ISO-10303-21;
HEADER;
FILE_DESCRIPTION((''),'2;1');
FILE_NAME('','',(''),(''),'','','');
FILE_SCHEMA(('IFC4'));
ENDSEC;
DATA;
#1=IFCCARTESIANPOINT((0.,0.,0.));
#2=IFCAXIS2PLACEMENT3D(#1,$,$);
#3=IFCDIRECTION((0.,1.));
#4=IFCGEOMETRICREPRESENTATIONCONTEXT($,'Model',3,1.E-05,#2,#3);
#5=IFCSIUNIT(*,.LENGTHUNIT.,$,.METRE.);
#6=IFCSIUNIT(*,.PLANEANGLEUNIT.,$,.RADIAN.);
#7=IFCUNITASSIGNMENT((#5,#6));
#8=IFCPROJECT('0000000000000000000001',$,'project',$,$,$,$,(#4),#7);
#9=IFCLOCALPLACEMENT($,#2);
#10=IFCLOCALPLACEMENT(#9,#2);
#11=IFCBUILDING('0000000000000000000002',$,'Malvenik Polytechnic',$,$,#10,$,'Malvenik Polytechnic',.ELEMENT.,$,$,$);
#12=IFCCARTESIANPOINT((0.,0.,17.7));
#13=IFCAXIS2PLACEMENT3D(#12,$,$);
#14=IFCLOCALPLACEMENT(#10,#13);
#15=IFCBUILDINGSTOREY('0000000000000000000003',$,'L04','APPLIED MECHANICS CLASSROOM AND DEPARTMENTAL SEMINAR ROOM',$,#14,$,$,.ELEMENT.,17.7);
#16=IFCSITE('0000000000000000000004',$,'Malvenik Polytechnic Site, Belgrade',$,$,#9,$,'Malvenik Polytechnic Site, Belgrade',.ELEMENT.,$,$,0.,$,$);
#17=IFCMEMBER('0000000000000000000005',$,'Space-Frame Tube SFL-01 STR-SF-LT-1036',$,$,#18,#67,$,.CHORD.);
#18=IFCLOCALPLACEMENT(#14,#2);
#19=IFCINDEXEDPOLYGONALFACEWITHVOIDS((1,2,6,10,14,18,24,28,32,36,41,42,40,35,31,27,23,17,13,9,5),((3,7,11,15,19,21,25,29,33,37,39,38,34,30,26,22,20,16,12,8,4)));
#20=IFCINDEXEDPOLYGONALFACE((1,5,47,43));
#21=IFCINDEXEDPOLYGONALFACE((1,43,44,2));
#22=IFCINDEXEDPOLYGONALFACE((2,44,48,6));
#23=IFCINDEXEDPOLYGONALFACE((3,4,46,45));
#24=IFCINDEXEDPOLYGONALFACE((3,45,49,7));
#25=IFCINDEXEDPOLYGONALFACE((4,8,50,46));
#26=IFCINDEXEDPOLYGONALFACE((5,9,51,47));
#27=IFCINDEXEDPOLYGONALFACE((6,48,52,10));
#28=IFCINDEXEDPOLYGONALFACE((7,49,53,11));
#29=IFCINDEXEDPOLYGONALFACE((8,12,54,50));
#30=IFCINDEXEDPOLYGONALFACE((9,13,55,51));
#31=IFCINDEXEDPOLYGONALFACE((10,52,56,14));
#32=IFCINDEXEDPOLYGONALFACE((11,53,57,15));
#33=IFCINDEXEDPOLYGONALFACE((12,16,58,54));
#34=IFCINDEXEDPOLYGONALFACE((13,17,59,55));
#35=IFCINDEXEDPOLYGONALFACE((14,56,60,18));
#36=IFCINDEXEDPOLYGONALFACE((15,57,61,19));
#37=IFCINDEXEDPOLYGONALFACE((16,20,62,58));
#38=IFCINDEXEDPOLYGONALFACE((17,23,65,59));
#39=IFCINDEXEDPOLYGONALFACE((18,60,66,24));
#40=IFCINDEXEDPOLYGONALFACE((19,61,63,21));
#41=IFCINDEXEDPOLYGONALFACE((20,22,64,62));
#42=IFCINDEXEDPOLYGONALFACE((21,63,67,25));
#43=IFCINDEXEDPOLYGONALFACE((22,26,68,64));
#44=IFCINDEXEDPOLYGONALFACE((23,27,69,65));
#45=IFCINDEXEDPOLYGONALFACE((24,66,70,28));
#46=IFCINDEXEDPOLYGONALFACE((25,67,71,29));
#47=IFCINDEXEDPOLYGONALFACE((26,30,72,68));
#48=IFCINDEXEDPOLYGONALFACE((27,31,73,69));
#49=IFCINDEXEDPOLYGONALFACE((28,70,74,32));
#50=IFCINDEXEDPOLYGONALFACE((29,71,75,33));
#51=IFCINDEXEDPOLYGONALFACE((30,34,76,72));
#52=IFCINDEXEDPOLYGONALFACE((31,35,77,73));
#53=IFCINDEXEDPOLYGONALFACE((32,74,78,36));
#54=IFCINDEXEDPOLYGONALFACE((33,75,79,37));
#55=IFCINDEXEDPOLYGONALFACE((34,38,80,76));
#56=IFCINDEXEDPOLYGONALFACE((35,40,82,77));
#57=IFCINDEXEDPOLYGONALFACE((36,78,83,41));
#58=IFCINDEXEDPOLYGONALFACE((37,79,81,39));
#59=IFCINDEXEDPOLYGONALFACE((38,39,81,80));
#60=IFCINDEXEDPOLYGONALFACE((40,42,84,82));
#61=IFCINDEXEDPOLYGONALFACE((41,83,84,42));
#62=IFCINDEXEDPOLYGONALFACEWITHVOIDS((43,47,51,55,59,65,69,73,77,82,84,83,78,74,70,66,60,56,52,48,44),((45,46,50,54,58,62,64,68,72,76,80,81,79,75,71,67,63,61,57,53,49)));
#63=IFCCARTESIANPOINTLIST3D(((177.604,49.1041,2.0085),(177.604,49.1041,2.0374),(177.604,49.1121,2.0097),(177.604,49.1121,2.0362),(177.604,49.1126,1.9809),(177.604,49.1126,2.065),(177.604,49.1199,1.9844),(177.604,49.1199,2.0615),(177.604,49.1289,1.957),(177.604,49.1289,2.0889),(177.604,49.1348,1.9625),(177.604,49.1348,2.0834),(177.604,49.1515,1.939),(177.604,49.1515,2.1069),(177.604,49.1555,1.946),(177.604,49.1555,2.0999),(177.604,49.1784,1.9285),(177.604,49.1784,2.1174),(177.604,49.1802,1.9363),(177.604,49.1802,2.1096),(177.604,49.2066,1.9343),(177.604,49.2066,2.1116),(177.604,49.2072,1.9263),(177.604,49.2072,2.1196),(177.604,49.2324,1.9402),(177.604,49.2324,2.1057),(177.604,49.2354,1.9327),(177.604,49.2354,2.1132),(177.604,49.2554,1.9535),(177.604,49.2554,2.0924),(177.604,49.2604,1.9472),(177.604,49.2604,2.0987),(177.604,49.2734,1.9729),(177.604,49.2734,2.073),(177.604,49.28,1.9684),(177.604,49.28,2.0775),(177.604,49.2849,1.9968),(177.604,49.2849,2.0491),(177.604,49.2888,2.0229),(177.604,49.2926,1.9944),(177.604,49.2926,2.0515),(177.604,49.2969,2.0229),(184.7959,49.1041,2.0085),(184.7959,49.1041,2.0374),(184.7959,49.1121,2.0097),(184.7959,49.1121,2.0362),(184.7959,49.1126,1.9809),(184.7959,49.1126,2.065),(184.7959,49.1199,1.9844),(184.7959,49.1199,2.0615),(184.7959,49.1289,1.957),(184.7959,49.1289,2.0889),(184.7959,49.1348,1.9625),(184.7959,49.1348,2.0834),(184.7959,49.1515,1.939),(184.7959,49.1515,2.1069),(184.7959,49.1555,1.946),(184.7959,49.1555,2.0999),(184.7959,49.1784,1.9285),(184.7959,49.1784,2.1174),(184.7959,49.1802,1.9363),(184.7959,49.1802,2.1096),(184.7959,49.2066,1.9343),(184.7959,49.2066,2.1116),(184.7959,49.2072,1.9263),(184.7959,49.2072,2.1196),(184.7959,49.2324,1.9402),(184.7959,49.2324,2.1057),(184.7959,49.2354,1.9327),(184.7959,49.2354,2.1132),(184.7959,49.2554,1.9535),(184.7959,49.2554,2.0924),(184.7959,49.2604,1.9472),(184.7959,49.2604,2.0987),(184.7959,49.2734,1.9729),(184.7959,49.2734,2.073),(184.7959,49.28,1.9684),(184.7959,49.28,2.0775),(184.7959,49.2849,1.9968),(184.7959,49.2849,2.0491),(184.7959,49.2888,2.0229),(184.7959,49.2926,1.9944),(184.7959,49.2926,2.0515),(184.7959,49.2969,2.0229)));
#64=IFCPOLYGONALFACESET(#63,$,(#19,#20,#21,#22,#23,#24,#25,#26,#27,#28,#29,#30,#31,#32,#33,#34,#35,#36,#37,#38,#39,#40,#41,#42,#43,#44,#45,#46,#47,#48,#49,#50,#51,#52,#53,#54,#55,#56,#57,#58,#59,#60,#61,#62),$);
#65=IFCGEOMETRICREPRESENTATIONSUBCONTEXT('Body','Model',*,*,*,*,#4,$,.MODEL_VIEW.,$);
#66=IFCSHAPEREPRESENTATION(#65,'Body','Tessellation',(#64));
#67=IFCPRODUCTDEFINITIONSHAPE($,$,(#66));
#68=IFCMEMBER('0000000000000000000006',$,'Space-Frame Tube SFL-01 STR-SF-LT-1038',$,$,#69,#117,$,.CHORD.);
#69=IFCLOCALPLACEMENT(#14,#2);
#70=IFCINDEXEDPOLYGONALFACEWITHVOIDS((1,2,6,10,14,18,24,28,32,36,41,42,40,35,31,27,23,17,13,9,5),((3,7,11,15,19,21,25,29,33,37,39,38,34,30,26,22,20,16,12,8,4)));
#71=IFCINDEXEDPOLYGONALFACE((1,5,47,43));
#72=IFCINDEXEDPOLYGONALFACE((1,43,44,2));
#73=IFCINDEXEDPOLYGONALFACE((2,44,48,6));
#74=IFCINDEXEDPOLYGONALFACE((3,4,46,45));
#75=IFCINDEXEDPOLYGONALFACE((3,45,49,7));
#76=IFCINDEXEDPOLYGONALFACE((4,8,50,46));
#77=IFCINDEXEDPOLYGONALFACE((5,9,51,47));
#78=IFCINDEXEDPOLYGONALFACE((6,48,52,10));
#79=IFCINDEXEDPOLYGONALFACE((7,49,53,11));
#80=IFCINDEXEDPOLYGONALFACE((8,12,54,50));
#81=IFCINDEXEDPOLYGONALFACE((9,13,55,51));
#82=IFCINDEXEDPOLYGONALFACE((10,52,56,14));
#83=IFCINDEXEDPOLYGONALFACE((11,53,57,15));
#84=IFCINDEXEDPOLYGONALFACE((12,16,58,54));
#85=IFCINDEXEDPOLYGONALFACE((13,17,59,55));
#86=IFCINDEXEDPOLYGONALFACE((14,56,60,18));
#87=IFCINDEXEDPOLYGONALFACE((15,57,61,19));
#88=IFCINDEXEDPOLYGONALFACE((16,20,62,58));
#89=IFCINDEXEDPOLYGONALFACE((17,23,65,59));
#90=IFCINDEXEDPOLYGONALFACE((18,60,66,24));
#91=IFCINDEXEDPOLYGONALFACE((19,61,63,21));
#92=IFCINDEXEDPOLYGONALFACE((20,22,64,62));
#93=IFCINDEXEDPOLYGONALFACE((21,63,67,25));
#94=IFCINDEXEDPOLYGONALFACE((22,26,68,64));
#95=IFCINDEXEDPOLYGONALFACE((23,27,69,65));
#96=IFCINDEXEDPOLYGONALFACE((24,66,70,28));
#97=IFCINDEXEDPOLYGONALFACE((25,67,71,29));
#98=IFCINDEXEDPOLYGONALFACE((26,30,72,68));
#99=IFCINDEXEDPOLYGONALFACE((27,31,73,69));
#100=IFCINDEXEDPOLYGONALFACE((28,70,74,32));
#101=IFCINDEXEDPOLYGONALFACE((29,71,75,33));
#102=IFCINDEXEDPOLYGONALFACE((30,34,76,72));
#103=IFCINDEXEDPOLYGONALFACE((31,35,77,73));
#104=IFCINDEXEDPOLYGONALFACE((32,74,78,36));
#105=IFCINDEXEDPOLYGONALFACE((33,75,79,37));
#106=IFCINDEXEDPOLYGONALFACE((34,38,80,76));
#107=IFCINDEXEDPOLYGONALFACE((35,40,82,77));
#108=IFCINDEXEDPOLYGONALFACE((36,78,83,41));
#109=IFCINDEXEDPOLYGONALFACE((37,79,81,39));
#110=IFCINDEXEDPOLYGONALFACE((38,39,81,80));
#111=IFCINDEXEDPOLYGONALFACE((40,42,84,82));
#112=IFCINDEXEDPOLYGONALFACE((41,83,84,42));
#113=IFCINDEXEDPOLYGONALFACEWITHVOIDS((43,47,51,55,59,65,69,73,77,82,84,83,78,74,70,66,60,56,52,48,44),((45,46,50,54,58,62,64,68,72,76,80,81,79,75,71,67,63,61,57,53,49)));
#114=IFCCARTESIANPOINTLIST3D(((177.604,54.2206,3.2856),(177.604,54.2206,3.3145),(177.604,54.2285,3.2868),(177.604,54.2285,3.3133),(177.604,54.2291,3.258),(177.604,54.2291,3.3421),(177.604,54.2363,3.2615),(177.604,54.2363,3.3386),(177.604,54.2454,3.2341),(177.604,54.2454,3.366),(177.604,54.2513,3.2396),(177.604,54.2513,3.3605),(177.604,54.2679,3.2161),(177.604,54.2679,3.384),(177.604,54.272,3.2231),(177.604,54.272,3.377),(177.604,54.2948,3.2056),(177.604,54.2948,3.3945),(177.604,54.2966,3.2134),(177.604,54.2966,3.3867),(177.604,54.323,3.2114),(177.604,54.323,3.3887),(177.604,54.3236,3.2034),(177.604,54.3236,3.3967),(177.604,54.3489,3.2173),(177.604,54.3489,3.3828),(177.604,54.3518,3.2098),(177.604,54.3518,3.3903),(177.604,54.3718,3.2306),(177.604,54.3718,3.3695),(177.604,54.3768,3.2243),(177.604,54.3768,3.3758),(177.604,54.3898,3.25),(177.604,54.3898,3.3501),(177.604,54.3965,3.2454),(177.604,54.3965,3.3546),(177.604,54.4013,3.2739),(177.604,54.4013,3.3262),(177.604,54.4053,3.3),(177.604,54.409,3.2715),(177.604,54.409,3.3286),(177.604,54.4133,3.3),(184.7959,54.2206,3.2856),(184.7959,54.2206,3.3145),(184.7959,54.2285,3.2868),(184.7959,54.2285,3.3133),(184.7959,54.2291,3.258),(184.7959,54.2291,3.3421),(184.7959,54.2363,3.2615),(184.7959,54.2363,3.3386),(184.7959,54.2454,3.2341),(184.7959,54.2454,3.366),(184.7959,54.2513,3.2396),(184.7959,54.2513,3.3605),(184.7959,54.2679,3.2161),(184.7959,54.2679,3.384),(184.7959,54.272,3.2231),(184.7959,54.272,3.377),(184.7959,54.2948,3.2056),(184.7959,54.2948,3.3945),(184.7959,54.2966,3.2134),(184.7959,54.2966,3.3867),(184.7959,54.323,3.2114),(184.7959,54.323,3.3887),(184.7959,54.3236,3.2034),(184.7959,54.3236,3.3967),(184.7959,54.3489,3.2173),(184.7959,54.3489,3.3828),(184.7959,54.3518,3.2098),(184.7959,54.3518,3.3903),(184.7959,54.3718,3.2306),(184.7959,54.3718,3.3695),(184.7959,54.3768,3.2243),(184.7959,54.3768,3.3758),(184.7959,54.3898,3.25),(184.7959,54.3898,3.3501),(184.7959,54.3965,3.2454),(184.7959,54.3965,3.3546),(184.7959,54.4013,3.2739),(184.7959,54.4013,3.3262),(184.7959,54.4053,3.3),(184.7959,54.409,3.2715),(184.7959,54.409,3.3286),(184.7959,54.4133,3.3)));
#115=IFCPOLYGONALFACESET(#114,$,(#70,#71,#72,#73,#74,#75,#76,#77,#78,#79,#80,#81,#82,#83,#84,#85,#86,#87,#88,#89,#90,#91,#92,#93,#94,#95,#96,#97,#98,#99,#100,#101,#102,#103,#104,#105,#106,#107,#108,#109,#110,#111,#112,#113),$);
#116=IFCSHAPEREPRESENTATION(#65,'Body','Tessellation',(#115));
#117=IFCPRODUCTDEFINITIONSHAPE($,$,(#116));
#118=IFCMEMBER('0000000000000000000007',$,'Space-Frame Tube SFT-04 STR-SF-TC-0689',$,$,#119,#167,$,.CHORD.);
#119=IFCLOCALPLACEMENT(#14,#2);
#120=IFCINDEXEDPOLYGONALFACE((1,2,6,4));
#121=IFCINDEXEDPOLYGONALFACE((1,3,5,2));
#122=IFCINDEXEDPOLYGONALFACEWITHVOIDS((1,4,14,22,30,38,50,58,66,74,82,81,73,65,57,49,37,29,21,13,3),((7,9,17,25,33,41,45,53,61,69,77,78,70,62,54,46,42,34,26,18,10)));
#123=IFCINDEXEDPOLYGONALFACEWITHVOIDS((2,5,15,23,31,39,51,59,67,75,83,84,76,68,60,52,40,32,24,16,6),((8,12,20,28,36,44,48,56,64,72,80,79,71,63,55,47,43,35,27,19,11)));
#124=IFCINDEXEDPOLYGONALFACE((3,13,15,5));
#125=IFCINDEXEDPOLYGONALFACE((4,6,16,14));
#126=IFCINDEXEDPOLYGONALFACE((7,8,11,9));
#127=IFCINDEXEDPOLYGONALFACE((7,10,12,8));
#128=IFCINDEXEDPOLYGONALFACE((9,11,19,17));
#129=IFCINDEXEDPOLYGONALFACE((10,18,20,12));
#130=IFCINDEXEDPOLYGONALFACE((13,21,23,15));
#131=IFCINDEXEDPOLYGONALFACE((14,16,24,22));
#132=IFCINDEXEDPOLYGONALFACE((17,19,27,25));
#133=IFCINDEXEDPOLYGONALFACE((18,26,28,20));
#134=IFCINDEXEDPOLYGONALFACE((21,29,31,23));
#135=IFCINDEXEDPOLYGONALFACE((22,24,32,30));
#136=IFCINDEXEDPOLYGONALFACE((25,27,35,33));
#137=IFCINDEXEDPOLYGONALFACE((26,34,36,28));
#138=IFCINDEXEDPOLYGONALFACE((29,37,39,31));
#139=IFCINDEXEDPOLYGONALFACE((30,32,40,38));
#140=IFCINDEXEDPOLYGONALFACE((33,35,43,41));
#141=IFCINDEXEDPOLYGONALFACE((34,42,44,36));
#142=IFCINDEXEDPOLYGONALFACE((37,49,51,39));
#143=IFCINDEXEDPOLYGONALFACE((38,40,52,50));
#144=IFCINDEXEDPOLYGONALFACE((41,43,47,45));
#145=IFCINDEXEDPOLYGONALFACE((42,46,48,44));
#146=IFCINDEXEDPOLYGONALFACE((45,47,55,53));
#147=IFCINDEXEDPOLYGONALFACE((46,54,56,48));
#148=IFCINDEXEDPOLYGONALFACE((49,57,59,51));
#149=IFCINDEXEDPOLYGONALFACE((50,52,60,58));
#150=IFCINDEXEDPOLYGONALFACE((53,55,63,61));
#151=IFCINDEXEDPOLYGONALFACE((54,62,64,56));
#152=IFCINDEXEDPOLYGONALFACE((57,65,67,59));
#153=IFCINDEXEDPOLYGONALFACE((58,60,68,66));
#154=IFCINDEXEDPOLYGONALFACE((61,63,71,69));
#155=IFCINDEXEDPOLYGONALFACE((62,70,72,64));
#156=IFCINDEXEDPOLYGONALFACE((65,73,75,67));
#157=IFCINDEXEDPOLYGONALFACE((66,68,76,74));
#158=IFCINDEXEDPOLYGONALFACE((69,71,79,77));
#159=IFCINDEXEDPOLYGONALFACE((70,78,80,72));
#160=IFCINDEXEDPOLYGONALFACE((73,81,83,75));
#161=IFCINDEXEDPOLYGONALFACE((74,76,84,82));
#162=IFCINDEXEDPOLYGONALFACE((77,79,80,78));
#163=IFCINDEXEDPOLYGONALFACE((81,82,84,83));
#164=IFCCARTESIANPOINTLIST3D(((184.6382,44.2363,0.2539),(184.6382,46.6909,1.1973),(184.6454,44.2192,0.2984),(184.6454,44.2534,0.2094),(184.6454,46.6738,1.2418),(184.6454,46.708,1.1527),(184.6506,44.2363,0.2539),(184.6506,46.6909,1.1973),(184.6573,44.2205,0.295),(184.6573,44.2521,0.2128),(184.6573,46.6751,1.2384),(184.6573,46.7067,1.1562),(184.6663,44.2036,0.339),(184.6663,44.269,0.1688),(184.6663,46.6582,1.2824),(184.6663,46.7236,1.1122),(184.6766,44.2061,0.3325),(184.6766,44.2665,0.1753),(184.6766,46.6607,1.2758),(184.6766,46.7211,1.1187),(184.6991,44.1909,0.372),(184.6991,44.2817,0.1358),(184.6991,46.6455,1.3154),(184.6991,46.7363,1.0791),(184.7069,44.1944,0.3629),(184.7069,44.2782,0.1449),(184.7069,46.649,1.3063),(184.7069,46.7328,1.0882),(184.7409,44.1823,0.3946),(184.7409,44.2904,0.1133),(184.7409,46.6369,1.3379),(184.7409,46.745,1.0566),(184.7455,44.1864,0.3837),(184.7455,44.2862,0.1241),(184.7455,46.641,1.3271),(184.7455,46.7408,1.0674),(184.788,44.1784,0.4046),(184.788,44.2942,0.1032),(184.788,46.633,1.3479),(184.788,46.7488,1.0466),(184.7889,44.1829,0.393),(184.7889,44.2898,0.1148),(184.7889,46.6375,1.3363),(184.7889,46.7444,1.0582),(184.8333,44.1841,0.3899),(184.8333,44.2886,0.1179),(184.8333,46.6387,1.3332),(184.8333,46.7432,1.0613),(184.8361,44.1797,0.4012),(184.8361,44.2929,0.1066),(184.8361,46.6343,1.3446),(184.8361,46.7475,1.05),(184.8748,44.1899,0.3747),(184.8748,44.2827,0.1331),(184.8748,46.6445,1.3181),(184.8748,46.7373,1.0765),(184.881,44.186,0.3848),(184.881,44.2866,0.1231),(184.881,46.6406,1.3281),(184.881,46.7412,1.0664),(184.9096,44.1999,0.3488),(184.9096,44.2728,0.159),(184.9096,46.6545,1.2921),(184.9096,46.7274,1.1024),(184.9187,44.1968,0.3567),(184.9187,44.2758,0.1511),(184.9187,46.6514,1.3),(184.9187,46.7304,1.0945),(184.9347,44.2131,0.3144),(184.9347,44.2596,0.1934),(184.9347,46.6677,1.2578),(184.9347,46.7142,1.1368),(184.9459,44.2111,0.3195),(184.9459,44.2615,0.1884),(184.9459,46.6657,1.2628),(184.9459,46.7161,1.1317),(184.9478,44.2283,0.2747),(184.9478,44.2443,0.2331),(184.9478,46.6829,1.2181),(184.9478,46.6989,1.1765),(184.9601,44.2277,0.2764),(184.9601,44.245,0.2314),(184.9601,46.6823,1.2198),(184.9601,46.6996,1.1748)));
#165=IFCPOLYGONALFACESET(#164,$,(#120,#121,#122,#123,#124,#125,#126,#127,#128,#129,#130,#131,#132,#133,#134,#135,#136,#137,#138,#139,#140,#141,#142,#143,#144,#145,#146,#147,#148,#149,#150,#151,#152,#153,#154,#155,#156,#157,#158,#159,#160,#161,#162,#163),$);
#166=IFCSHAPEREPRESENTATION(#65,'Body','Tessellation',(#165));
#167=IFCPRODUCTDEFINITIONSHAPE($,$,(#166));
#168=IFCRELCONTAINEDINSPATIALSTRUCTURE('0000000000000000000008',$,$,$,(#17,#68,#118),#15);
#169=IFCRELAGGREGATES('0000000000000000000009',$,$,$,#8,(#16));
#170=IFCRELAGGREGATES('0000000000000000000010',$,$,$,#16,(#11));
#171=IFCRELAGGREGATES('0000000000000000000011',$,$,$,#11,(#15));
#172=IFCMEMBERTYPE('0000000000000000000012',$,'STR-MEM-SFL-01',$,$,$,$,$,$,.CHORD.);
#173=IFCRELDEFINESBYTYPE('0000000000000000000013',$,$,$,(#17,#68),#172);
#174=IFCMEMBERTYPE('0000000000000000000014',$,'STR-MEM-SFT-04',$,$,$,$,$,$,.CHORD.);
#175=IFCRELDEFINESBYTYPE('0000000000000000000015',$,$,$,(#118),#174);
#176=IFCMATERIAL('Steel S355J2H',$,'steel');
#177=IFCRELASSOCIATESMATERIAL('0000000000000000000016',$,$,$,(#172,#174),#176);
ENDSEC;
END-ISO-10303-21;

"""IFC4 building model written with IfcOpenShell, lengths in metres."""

from ifc_helpers import new_model, si_unit, direction, frame, origin, origin_2d, place, context, subcontext, project, spatial, hollow_circle, extrude, material, material_profile, profile_set, type_object, element, save


model = new_model("IFC4")

# Units and contexts
model_context = context("Model", 3, precision=1e-05, world=origin(), true_north=direction((0.0, 1.0)))
body_context = subcontext(model_context, "Body", "Model", "MODEL_VIEW")
ifc_project = project(units=[si_unit("LENGTHUNIT", "METRE"), si_unit("PLANEANGLEUNIT", "RADIAN")], contexts=[model_context])

# Site, building, storey
site_placement = place(None, origin())
site = spatial("IfcSite", under=ifc_project, at=site_placement, Name="Malvenik Polytechnic Site, Belgrade", LongName="Malvenik Polytechnic Site, Belgrade", CompositionType="ELEMENT", RefElevation=0.0)
building_placement = place(site_placement, origin())
building = spatial("IfcBuilding", under=site, at=building_placement, Name="Malvenik Polytechnic", LongName="Malvenik Polytechnic", CompositionType="ELEMENT")
storey_placement = place(building_placement, frame((0.0, 0.0, 17.7)))
storey = spatial("IfcBuildingStorey", under=building, at=storey_placement, Name="L04", Description="APPLIED MECHANICS CLASSROOM AND DEPARTMENTAL SEMINAR ROOM", CompositionType="ELEMENT", Elevation=17.7)

# Members
ifc_material = material(Name="Steel S355J2H", Category="steel")
ifc_material_profile_1 = material_profile(ifc_material, hollow_circle(Radius=0.0969, WallThickness=0.0081, at=origin_2d()), Name="CHS 193.7x8.0")
ifc_profile_set_1 = profile_set([ifc_material_profile_1], Name="Steel S355J2H")
member_type_1 = type_object("IfcMemberType", Name="STR-MEM-SFL-01", PredefinedType="CHORD", material=ifc_profile_set_1)
for number, where, z_axis, x_axis, name in (
    (1, (177.604, 49.2, 2.0229), (1.0, 0.0, 0.0), (0.0, 1.0, 0.0), "Space-Frame Tube SFL-01 STR-SF-LT-1036"),
    (2, (177.604, 54.3164, 3.3), (1.0, 0.0, 0.0), (0.0, 1.0, 0.0), "Space-Frame Tube SFL-01 STR-SF-LT-1038"),
):
    element("IfcMember", number, at=place(storey_placement, frame(where, z_axis=z_axis, x_axis=x_axis)), inside=storey, type_object=member_type_1, Name=name, PredefinedType="CHORD", context=body_context, shape_type="SweptSolid", body=[
        extrude(hollow_circle(Radius=0.0969, WallThickness=0.0081, at=origin_2d()), origin(), (0.0, 0.0, 1.0), 7.1919),
    ])
ifc_material_profile_2 = material_profile(ifc_material, hollow_circle(Radius=0.1619, WallThickness=0.0125, at=origin_2d()), Name="CHS 323.9x12.5")
ifc_profile_set_2 = profile_set([ifc_material_profile_2], Name="Steel S355J2H")
member_type_2 = type_object("IfcMemberType", Name="STR-MEM-SFT-04", PredefinedType="CHORD", material=ifc_profile_set_2)
member_1_placement = place(storey_placement, frame((184.8, 44.2363, 0.2539), z_axis=(0.0, 0.933437, 0.358743), x_axis=(-1.0, 0.0, 0.0)))
element("IfcMember", 3, at=member_1_placement, inside=storey, type_object=member_type_2, Name="Space-Frame Tube SFT-04 STR-SF-TC-0689", PredefinedType="CHORD", context=body_context, shape_type="SweptSolid", body=[
    extrude(hollow_circle(Radius=0.1619, WallThickness=0.0125, at=origin_2d()), origin(), (0.0, 0.0, 1.0), 2.6296),
])

save(model, "model.ifc")
